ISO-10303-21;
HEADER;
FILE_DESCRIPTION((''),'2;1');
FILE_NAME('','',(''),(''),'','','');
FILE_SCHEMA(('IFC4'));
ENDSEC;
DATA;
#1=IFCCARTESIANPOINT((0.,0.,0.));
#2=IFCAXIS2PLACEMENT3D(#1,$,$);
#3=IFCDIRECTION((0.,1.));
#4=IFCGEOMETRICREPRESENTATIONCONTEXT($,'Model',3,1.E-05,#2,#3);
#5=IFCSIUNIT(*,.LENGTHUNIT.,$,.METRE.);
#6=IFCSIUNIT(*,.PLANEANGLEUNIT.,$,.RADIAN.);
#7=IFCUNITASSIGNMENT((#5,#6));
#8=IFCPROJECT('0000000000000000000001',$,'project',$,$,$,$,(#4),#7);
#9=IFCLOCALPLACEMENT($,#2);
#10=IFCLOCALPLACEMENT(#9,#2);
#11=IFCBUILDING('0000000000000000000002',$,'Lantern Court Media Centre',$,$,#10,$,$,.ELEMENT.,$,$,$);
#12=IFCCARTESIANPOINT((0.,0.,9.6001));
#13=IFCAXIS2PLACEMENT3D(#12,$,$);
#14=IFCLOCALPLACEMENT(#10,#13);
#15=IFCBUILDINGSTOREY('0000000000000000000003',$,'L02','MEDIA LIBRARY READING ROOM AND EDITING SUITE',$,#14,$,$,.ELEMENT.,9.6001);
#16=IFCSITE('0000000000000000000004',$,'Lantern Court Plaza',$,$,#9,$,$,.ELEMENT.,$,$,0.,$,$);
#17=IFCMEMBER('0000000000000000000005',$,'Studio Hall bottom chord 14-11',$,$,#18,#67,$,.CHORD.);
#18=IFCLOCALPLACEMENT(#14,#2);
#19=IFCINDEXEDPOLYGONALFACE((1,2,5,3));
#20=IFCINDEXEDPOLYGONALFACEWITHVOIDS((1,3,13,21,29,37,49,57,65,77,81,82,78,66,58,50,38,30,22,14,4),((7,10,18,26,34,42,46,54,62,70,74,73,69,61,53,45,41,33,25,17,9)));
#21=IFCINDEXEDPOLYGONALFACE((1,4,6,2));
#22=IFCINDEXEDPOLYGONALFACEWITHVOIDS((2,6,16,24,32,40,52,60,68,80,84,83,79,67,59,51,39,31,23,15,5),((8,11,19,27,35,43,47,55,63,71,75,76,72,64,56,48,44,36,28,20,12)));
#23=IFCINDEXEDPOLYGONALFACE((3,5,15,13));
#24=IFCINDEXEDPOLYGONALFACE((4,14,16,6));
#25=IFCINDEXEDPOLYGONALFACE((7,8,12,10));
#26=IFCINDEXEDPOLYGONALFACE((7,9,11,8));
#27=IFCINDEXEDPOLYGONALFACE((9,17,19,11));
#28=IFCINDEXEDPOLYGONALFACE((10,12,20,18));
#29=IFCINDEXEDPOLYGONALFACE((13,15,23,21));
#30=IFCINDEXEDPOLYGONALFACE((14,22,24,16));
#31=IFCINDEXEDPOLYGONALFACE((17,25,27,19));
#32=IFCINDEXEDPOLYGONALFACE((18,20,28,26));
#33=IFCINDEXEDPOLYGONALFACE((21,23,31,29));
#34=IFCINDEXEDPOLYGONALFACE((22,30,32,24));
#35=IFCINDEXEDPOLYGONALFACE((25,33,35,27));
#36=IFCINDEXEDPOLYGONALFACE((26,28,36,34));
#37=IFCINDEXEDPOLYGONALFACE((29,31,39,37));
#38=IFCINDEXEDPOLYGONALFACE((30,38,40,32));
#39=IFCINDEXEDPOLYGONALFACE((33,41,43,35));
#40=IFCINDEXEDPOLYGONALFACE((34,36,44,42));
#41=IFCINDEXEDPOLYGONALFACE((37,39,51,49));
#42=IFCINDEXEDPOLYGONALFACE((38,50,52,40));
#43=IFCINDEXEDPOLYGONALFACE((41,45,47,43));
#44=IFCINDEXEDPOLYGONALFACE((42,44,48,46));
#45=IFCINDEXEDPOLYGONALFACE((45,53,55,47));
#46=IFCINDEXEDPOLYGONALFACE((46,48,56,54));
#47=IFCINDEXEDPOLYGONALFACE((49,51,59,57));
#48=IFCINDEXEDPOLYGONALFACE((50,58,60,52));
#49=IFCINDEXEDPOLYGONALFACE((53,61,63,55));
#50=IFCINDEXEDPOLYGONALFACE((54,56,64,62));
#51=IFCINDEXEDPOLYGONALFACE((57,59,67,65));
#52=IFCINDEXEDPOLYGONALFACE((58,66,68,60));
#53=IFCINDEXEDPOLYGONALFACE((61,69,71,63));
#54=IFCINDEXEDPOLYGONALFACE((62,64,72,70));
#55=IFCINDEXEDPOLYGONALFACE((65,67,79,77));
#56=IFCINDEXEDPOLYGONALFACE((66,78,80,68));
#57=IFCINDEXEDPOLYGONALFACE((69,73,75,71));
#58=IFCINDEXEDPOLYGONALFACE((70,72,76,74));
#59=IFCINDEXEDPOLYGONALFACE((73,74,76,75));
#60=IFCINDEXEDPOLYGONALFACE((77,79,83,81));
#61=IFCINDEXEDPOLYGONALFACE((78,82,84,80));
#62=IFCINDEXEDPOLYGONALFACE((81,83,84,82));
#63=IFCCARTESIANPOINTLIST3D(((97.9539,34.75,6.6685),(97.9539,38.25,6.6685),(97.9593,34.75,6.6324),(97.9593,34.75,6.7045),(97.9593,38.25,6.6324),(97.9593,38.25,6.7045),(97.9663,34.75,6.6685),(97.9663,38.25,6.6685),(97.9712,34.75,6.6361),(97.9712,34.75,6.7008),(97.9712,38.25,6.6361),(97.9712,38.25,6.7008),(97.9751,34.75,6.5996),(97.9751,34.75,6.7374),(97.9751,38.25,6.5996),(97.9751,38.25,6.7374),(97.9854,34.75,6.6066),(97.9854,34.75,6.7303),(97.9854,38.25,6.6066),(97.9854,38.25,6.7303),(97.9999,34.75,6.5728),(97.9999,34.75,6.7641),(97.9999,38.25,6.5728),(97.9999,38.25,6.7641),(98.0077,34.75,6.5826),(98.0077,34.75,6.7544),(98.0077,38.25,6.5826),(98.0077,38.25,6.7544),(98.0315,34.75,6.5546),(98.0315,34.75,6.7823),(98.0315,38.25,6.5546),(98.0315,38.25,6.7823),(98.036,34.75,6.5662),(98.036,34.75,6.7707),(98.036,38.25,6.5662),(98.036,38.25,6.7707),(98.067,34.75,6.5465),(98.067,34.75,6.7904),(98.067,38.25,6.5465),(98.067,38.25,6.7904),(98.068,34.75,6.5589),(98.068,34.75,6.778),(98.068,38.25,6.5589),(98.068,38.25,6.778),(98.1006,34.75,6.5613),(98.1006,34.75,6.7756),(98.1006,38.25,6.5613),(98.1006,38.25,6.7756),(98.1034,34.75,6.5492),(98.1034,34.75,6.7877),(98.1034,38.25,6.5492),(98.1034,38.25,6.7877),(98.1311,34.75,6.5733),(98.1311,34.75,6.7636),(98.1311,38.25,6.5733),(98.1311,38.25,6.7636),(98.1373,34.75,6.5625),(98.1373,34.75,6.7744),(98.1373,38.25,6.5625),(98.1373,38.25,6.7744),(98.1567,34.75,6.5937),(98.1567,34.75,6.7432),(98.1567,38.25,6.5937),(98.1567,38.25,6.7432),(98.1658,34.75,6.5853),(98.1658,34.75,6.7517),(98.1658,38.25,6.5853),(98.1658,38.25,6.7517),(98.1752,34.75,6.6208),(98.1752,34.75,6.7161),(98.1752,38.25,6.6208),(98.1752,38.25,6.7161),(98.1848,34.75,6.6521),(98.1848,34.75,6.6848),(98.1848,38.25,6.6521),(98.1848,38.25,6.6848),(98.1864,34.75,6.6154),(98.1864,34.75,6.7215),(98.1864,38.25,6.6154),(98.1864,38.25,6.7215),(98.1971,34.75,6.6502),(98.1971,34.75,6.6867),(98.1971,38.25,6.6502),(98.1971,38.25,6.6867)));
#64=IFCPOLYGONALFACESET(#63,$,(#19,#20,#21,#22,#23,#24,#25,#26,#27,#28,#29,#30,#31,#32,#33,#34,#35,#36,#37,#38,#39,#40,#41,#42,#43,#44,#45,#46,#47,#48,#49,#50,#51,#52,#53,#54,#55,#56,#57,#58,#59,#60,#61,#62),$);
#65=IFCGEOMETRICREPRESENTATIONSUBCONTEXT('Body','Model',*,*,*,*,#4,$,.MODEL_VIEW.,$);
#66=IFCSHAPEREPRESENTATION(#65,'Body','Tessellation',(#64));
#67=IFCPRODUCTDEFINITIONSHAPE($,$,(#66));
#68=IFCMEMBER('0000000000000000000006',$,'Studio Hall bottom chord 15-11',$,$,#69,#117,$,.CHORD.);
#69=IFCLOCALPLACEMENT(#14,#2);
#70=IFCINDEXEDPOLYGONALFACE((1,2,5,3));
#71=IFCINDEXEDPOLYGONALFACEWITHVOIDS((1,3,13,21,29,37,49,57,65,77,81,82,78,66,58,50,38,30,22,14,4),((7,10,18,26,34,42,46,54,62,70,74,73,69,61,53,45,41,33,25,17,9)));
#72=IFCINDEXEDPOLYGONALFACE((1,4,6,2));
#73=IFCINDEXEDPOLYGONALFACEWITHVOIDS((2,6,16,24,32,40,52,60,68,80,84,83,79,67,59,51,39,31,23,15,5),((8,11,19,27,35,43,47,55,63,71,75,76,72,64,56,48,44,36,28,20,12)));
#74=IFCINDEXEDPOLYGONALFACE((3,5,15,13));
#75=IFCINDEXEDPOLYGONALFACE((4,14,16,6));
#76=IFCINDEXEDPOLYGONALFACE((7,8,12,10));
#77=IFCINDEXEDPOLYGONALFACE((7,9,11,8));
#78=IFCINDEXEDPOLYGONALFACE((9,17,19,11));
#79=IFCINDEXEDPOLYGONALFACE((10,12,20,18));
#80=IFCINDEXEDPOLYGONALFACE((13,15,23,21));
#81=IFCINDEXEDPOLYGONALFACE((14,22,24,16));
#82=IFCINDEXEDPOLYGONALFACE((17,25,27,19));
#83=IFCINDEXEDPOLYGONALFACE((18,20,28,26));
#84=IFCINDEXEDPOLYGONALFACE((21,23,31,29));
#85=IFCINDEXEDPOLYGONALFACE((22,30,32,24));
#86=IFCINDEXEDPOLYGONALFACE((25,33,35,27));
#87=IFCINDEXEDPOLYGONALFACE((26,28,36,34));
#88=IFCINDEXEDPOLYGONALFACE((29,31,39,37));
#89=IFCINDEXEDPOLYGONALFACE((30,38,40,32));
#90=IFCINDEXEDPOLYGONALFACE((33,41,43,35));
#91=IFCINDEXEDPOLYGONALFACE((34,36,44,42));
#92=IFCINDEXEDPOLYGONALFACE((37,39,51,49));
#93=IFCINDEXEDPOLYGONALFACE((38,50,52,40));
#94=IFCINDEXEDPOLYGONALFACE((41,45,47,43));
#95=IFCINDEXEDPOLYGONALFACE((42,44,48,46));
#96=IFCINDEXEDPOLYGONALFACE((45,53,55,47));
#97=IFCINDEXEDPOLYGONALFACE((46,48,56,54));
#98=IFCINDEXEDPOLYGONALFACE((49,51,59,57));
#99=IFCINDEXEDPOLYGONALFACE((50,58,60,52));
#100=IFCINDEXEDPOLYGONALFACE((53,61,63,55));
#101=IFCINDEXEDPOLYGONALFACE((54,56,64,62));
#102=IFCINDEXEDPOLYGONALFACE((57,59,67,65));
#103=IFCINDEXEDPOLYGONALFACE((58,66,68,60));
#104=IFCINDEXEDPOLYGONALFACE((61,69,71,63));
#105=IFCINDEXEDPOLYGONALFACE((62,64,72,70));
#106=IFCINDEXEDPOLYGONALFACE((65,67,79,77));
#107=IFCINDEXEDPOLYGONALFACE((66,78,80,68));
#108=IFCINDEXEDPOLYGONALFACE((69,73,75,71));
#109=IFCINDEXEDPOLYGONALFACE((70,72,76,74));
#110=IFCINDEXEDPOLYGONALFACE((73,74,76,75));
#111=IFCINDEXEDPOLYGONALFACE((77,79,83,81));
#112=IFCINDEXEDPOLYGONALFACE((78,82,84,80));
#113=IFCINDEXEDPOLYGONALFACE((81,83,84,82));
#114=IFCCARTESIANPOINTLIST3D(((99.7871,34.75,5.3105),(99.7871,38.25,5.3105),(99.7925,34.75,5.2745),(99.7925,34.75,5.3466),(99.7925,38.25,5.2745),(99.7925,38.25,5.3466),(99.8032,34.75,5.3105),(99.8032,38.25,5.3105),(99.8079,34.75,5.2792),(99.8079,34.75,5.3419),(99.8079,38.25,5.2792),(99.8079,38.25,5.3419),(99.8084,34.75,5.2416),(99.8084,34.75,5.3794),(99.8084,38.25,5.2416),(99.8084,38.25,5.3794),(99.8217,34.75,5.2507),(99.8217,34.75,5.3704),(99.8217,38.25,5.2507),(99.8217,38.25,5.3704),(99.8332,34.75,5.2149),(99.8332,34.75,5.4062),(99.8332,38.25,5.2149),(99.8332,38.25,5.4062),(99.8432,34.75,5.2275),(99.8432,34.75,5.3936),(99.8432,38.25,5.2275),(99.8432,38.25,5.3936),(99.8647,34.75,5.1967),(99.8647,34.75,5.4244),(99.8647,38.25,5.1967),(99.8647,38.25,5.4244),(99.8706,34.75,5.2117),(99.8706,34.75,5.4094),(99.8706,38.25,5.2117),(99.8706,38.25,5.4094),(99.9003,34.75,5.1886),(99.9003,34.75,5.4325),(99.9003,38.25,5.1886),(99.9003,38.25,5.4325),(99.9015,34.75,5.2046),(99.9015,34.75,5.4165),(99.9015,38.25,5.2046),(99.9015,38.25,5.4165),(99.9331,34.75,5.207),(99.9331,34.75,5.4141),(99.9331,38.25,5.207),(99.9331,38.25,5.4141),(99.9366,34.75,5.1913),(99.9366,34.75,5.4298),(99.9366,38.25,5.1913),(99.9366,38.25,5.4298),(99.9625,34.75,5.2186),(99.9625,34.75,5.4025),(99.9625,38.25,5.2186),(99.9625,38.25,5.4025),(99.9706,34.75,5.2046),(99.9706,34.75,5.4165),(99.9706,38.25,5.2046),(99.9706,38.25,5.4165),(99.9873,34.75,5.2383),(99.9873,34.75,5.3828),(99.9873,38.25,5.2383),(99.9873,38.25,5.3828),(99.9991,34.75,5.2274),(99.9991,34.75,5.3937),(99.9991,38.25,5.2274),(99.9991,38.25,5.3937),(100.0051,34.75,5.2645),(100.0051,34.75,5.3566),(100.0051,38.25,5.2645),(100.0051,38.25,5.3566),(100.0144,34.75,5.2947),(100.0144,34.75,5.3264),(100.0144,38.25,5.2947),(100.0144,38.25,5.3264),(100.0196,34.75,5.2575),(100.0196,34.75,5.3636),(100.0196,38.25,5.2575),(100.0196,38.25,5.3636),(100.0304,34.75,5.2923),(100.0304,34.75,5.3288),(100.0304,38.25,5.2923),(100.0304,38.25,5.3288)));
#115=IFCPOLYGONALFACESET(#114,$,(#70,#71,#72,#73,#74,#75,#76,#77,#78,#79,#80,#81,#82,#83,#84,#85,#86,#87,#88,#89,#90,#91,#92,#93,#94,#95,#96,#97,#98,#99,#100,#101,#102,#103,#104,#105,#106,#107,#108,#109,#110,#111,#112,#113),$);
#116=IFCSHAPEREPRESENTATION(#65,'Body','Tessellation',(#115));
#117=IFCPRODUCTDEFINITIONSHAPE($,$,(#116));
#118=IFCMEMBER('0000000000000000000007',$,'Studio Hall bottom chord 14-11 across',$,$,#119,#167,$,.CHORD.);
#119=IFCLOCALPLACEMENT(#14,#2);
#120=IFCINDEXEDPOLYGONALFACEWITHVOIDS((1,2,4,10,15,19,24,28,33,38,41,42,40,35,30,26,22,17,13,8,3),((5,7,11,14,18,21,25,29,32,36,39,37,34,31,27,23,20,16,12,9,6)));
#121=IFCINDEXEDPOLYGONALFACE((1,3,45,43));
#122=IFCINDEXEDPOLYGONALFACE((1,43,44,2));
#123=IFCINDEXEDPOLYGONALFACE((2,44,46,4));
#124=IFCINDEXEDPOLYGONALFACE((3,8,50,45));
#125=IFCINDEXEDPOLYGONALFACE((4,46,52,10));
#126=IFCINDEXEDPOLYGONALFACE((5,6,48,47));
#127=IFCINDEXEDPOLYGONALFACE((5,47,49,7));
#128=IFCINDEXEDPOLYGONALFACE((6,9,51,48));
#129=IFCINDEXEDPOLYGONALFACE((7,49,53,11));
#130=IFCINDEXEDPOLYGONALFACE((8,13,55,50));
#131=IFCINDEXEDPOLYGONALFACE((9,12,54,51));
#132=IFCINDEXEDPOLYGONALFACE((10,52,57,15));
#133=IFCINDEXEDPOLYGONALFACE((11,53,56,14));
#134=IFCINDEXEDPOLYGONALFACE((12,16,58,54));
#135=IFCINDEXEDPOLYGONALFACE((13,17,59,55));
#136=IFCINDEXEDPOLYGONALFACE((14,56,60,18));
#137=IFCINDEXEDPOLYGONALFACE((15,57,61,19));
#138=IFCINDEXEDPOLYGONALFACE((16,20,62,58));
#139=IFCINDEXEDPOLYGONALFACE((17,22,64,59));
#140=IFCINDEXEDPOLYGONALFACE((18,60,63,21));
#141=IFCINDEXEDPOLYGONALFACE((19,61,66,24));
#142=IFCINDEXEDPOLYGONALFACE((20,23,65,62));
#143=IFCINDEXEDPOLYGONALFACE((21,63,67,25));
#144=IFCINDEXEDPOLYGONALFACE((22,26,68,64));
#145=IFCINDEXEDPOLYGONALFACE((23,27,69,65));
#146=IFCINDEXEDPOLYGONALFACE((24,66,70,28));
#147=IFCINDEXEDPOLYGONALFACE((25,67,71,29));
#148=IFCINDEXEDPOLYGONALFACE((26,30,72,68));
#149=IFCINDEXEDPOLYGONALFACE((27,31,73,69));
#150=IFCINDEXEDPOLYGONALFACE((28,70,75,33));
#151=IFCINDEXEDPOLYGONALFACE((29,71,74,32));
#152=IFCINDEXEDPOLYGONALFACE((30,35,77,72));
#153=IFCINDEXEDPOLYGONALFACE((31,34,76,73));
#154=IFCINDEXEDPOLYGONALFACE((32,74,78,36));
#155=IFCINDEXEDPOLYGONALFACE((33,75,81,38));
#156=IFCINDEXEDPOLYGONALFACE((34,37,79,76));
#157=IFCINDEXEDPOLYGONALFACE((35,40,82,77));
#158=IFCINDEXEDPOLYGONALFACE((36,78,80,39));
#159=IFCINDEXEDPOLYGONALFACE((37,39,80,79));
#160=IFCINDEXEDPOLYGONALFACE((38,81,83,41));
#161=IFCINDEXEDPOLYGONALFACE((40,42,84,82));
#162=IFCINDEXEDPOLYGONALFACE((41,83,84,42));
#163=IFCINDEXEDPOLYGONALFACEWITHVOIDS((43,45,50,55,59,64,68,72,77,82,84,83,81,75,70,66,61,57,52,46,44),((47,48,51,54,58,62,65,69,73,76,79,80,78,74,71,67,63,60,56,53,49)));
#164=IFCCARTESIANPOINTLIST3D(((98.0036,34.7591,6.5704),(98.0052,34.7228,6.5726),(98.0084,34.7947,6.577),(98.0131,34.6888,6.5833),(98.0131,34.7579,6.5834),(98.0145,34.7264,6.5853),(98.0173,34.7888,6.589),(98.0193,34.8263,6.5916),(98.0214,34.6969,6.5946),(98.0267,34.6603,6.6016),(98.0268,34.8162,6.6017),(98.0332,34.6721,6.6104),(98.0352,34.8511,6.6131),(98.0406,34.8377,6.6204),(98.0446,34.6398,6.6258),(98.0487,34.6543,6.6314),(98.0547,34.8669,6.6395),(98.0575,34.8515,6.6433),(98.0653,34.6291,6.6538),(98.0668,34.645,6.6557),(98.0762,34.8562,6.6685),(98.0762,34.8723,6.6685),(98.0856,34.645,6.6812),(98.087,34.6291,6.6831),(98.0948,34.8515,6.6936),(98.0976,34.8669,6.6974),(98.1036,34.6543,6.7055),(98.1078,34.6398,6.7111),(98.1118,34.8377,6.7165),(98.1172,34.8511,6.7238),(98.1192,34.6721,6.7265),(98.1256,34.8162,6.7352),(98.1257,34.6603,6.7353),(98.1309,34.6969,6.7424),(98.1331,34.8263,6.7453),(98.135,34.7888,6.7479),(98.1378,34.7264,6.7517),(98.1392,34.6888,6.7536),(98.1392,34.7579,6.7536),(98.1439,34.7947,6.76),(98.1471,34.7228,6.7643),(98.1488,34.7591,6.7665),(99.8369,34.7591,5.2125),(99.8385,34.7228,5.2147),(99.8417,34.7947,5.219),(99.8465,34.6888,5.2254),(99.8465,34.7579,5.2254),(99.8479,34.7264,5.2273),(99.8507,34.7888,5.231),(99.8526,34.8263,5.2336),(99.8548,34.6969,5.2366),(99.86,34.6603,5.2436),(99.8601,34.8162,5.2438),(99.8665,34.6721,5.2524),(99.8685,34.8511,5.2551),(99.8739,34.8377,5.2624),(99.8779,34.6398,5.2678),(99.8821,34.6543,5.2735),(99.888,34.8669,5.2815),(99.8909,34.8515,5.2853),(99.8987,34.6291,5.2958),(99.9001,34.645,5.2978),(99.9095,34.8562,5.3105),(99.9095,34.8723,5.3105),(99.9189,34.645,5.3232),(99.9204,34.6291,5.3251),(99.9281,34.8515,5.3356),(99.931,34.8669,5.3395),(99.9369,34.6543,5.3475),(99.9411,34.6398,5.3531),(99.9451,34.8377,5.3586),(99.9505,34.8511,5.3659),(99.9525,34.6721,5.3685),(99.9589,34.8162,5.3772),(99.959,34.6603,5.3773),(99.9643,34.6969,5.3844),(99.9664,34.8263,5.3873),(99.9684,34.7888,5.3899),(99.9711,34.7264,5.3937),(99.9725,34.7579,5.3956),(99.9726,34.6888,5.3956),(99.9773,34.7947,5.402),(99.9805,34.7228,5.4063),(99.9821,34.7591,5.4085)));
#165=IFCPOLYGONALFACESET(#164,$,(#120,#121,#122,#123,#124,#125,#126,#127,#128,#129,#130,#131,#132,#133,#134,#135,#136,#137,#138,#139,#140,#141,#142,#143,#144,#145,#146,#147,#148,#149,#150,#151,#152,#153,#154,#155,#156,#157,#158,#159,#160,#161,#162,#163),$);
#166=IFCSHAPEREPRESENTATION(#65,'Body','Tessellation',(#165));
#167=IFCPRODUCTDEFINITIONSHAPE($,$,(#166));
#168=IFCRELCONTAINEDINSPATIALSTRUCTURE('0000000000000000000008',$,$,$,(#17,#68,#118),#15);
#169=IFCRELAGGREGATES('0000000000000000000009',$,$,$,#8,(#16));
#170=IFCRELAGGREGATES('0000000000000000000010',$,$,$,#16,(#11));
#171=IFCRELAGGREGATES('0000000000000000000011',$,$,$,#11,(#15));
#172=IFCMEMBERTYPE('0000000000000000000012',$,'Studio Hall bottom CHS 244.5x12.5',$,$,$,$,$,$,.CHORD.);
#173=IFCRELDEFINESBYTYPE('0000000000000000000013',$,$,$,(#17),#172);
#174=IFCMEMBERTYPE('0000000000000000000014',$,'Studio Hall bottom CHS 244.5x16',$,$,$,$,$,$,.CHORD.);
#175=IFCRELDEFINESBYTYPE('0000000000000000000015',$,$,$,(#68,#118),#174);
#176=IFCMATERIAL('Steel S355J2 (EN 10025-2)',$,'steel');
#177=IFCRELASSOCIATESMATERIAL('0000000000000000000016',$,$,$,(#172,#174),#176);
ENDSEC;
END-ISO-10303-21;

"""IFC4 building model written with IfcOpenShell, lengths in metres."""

from ifc_helpers import new_model, si_unit, direction, frame, origin, origin_2d, place, context, subcontext, project, spatial, hollow_circle, extrude, material, material_profile, profile_set, type_object, element, save


model = new_model("IFC4")

# Units and contexts
model_context = context("Model", 3, precision=1e-05, world=origin(), true_north=direction((0.0, 1.0)))
body_context = subcontext(model_context, "Body", "Model", "MODEL_VIEW")
ifc_project = project(units=[si_unit("LENGTHUNIT", "METRE"), si_unit("PLANEANGLEUNIT", "RADIAN")], contexts=[model_context])

# Site, building, storey
site_placement = place(None, origin())
site = spatial("IfcSite", under=ifc_project, at=site_placement, Name="Lantern Court Plaza", CompositionType="ELEMENT", RefElevation=0.0)
building_placement = place(site_placement, origin())
building = spatial("IfcBuilding", under=site, at=building_placement, Name="Lantern Court Media Centre", CompositionType="ELEMENT")
storey_placement = place(building_placement, frame((0.0, 0.0, 9.6001)))
storey = spatial("IfcBuildingStorey", under=building, at=storey_placement, Name="L02", Description="MEDIA LIBRARY READING ROOM AND EDITING SUITE", CompositionType="ELEMENT", Elevation=9.6001)

# Members
ifc_material_1 = material(Name="Steel S355J2 (EN 10025-2)", Category="steel")
ifc_material_profile_1 = material_profile(ifc_material_1, hollow_circle(Radius=0.1223, WallThickness=0.0125, at=origin_2d()), Name="Studio Hall bottom CHS 244.5x12.5")
ifc_profile_set_1 = profile_set([ifc_material_profile_1], Name="Steel S355J2 (EN 10025-2)")
member_type_1 = type_object("IfcMemberType", Name="Studio Hall bottom CHS 244.5x12.5", PredefinedType="CHORD", material=ifc_profile_set_1)
member_1_placement = place(storey_placement, frame((98.0762, 34.75, 6.6685), z_axis=(0.0, 1.0, 0.0), x_axis=(-1.0, 0.0, 0.0)))
element("IfcMember", 1, at=member_1_placement, inside=storey, type_object=member_type_1, Name="Studio Hall bottom chord 14-11", PredefinedType="CHORD", context=body_context, shape_type="SweptSolid", body=[
    extrude(hollow_circle(Radius=0.1223, WallThickness=0.0125, at=origin_2d()), origin(), (0.0, 0.0, 1.0), 3.5),
])
ifc_material_profile_2 = material_profile(ifc_material_1, hollow_circle(Radius=0.1223, WallThickness=0.0161, at=origin_2d()), Name="Studio Hall bottom CHS 244.5x16")
ifc_profile_set_2 = profile_set([ifc_material_profile_2], Name="Steel S355J2 (EN 10025-2)")
member_type_2 = type_object("IfcMemberType", Name="Studio Hall bottom CHS 244.5x16", PredefinedType="CHORD", material=ifc_profile_set_2)
member_2_placement = place(storey_placement, frame((99.9094, 34.75, 5.3105), z_axis=(0.0, 1.0, 0.0), x_axis=(-1.0, 0.0, 0.0)))
element("IfcMember", 2, at=member_2_placement, inside=storey, type_object=member_type_2, Name="Studio Hall bottom chord 15-11", PredefinedType="CHORD", context=body_context, shape_type="SweptSolid", body=[
    extrude(hollow_circle(Radius=0.1223, WallThickness=0.0161, at=origin_2d()), origin(), (0.0, 0.0, 1.0), 3.5),
])
member_3_placement = place(storey_placement, frame((98.0762, 34.75, 6.6685), z_axis=(0.803569, 0.0, -0.595212), x_axis=(0.0, 1.0, 0.0)))
element("IfcMember", 3, at=member_3_placement, inside=storey, type_object=member_type_2, Name="Studio Hall bottom chord 14-11 across", PredefinedType="CHORD", context=body_context, shape_type="SweptSolid", body=[
    extrude(hollow_circle(Radius=0.1223, WallThickness=0.0161, at=origin_2d()), origin(), (0.0, 0.0, 1.0), 2.2815),
])

save(model, "model.ifc")
